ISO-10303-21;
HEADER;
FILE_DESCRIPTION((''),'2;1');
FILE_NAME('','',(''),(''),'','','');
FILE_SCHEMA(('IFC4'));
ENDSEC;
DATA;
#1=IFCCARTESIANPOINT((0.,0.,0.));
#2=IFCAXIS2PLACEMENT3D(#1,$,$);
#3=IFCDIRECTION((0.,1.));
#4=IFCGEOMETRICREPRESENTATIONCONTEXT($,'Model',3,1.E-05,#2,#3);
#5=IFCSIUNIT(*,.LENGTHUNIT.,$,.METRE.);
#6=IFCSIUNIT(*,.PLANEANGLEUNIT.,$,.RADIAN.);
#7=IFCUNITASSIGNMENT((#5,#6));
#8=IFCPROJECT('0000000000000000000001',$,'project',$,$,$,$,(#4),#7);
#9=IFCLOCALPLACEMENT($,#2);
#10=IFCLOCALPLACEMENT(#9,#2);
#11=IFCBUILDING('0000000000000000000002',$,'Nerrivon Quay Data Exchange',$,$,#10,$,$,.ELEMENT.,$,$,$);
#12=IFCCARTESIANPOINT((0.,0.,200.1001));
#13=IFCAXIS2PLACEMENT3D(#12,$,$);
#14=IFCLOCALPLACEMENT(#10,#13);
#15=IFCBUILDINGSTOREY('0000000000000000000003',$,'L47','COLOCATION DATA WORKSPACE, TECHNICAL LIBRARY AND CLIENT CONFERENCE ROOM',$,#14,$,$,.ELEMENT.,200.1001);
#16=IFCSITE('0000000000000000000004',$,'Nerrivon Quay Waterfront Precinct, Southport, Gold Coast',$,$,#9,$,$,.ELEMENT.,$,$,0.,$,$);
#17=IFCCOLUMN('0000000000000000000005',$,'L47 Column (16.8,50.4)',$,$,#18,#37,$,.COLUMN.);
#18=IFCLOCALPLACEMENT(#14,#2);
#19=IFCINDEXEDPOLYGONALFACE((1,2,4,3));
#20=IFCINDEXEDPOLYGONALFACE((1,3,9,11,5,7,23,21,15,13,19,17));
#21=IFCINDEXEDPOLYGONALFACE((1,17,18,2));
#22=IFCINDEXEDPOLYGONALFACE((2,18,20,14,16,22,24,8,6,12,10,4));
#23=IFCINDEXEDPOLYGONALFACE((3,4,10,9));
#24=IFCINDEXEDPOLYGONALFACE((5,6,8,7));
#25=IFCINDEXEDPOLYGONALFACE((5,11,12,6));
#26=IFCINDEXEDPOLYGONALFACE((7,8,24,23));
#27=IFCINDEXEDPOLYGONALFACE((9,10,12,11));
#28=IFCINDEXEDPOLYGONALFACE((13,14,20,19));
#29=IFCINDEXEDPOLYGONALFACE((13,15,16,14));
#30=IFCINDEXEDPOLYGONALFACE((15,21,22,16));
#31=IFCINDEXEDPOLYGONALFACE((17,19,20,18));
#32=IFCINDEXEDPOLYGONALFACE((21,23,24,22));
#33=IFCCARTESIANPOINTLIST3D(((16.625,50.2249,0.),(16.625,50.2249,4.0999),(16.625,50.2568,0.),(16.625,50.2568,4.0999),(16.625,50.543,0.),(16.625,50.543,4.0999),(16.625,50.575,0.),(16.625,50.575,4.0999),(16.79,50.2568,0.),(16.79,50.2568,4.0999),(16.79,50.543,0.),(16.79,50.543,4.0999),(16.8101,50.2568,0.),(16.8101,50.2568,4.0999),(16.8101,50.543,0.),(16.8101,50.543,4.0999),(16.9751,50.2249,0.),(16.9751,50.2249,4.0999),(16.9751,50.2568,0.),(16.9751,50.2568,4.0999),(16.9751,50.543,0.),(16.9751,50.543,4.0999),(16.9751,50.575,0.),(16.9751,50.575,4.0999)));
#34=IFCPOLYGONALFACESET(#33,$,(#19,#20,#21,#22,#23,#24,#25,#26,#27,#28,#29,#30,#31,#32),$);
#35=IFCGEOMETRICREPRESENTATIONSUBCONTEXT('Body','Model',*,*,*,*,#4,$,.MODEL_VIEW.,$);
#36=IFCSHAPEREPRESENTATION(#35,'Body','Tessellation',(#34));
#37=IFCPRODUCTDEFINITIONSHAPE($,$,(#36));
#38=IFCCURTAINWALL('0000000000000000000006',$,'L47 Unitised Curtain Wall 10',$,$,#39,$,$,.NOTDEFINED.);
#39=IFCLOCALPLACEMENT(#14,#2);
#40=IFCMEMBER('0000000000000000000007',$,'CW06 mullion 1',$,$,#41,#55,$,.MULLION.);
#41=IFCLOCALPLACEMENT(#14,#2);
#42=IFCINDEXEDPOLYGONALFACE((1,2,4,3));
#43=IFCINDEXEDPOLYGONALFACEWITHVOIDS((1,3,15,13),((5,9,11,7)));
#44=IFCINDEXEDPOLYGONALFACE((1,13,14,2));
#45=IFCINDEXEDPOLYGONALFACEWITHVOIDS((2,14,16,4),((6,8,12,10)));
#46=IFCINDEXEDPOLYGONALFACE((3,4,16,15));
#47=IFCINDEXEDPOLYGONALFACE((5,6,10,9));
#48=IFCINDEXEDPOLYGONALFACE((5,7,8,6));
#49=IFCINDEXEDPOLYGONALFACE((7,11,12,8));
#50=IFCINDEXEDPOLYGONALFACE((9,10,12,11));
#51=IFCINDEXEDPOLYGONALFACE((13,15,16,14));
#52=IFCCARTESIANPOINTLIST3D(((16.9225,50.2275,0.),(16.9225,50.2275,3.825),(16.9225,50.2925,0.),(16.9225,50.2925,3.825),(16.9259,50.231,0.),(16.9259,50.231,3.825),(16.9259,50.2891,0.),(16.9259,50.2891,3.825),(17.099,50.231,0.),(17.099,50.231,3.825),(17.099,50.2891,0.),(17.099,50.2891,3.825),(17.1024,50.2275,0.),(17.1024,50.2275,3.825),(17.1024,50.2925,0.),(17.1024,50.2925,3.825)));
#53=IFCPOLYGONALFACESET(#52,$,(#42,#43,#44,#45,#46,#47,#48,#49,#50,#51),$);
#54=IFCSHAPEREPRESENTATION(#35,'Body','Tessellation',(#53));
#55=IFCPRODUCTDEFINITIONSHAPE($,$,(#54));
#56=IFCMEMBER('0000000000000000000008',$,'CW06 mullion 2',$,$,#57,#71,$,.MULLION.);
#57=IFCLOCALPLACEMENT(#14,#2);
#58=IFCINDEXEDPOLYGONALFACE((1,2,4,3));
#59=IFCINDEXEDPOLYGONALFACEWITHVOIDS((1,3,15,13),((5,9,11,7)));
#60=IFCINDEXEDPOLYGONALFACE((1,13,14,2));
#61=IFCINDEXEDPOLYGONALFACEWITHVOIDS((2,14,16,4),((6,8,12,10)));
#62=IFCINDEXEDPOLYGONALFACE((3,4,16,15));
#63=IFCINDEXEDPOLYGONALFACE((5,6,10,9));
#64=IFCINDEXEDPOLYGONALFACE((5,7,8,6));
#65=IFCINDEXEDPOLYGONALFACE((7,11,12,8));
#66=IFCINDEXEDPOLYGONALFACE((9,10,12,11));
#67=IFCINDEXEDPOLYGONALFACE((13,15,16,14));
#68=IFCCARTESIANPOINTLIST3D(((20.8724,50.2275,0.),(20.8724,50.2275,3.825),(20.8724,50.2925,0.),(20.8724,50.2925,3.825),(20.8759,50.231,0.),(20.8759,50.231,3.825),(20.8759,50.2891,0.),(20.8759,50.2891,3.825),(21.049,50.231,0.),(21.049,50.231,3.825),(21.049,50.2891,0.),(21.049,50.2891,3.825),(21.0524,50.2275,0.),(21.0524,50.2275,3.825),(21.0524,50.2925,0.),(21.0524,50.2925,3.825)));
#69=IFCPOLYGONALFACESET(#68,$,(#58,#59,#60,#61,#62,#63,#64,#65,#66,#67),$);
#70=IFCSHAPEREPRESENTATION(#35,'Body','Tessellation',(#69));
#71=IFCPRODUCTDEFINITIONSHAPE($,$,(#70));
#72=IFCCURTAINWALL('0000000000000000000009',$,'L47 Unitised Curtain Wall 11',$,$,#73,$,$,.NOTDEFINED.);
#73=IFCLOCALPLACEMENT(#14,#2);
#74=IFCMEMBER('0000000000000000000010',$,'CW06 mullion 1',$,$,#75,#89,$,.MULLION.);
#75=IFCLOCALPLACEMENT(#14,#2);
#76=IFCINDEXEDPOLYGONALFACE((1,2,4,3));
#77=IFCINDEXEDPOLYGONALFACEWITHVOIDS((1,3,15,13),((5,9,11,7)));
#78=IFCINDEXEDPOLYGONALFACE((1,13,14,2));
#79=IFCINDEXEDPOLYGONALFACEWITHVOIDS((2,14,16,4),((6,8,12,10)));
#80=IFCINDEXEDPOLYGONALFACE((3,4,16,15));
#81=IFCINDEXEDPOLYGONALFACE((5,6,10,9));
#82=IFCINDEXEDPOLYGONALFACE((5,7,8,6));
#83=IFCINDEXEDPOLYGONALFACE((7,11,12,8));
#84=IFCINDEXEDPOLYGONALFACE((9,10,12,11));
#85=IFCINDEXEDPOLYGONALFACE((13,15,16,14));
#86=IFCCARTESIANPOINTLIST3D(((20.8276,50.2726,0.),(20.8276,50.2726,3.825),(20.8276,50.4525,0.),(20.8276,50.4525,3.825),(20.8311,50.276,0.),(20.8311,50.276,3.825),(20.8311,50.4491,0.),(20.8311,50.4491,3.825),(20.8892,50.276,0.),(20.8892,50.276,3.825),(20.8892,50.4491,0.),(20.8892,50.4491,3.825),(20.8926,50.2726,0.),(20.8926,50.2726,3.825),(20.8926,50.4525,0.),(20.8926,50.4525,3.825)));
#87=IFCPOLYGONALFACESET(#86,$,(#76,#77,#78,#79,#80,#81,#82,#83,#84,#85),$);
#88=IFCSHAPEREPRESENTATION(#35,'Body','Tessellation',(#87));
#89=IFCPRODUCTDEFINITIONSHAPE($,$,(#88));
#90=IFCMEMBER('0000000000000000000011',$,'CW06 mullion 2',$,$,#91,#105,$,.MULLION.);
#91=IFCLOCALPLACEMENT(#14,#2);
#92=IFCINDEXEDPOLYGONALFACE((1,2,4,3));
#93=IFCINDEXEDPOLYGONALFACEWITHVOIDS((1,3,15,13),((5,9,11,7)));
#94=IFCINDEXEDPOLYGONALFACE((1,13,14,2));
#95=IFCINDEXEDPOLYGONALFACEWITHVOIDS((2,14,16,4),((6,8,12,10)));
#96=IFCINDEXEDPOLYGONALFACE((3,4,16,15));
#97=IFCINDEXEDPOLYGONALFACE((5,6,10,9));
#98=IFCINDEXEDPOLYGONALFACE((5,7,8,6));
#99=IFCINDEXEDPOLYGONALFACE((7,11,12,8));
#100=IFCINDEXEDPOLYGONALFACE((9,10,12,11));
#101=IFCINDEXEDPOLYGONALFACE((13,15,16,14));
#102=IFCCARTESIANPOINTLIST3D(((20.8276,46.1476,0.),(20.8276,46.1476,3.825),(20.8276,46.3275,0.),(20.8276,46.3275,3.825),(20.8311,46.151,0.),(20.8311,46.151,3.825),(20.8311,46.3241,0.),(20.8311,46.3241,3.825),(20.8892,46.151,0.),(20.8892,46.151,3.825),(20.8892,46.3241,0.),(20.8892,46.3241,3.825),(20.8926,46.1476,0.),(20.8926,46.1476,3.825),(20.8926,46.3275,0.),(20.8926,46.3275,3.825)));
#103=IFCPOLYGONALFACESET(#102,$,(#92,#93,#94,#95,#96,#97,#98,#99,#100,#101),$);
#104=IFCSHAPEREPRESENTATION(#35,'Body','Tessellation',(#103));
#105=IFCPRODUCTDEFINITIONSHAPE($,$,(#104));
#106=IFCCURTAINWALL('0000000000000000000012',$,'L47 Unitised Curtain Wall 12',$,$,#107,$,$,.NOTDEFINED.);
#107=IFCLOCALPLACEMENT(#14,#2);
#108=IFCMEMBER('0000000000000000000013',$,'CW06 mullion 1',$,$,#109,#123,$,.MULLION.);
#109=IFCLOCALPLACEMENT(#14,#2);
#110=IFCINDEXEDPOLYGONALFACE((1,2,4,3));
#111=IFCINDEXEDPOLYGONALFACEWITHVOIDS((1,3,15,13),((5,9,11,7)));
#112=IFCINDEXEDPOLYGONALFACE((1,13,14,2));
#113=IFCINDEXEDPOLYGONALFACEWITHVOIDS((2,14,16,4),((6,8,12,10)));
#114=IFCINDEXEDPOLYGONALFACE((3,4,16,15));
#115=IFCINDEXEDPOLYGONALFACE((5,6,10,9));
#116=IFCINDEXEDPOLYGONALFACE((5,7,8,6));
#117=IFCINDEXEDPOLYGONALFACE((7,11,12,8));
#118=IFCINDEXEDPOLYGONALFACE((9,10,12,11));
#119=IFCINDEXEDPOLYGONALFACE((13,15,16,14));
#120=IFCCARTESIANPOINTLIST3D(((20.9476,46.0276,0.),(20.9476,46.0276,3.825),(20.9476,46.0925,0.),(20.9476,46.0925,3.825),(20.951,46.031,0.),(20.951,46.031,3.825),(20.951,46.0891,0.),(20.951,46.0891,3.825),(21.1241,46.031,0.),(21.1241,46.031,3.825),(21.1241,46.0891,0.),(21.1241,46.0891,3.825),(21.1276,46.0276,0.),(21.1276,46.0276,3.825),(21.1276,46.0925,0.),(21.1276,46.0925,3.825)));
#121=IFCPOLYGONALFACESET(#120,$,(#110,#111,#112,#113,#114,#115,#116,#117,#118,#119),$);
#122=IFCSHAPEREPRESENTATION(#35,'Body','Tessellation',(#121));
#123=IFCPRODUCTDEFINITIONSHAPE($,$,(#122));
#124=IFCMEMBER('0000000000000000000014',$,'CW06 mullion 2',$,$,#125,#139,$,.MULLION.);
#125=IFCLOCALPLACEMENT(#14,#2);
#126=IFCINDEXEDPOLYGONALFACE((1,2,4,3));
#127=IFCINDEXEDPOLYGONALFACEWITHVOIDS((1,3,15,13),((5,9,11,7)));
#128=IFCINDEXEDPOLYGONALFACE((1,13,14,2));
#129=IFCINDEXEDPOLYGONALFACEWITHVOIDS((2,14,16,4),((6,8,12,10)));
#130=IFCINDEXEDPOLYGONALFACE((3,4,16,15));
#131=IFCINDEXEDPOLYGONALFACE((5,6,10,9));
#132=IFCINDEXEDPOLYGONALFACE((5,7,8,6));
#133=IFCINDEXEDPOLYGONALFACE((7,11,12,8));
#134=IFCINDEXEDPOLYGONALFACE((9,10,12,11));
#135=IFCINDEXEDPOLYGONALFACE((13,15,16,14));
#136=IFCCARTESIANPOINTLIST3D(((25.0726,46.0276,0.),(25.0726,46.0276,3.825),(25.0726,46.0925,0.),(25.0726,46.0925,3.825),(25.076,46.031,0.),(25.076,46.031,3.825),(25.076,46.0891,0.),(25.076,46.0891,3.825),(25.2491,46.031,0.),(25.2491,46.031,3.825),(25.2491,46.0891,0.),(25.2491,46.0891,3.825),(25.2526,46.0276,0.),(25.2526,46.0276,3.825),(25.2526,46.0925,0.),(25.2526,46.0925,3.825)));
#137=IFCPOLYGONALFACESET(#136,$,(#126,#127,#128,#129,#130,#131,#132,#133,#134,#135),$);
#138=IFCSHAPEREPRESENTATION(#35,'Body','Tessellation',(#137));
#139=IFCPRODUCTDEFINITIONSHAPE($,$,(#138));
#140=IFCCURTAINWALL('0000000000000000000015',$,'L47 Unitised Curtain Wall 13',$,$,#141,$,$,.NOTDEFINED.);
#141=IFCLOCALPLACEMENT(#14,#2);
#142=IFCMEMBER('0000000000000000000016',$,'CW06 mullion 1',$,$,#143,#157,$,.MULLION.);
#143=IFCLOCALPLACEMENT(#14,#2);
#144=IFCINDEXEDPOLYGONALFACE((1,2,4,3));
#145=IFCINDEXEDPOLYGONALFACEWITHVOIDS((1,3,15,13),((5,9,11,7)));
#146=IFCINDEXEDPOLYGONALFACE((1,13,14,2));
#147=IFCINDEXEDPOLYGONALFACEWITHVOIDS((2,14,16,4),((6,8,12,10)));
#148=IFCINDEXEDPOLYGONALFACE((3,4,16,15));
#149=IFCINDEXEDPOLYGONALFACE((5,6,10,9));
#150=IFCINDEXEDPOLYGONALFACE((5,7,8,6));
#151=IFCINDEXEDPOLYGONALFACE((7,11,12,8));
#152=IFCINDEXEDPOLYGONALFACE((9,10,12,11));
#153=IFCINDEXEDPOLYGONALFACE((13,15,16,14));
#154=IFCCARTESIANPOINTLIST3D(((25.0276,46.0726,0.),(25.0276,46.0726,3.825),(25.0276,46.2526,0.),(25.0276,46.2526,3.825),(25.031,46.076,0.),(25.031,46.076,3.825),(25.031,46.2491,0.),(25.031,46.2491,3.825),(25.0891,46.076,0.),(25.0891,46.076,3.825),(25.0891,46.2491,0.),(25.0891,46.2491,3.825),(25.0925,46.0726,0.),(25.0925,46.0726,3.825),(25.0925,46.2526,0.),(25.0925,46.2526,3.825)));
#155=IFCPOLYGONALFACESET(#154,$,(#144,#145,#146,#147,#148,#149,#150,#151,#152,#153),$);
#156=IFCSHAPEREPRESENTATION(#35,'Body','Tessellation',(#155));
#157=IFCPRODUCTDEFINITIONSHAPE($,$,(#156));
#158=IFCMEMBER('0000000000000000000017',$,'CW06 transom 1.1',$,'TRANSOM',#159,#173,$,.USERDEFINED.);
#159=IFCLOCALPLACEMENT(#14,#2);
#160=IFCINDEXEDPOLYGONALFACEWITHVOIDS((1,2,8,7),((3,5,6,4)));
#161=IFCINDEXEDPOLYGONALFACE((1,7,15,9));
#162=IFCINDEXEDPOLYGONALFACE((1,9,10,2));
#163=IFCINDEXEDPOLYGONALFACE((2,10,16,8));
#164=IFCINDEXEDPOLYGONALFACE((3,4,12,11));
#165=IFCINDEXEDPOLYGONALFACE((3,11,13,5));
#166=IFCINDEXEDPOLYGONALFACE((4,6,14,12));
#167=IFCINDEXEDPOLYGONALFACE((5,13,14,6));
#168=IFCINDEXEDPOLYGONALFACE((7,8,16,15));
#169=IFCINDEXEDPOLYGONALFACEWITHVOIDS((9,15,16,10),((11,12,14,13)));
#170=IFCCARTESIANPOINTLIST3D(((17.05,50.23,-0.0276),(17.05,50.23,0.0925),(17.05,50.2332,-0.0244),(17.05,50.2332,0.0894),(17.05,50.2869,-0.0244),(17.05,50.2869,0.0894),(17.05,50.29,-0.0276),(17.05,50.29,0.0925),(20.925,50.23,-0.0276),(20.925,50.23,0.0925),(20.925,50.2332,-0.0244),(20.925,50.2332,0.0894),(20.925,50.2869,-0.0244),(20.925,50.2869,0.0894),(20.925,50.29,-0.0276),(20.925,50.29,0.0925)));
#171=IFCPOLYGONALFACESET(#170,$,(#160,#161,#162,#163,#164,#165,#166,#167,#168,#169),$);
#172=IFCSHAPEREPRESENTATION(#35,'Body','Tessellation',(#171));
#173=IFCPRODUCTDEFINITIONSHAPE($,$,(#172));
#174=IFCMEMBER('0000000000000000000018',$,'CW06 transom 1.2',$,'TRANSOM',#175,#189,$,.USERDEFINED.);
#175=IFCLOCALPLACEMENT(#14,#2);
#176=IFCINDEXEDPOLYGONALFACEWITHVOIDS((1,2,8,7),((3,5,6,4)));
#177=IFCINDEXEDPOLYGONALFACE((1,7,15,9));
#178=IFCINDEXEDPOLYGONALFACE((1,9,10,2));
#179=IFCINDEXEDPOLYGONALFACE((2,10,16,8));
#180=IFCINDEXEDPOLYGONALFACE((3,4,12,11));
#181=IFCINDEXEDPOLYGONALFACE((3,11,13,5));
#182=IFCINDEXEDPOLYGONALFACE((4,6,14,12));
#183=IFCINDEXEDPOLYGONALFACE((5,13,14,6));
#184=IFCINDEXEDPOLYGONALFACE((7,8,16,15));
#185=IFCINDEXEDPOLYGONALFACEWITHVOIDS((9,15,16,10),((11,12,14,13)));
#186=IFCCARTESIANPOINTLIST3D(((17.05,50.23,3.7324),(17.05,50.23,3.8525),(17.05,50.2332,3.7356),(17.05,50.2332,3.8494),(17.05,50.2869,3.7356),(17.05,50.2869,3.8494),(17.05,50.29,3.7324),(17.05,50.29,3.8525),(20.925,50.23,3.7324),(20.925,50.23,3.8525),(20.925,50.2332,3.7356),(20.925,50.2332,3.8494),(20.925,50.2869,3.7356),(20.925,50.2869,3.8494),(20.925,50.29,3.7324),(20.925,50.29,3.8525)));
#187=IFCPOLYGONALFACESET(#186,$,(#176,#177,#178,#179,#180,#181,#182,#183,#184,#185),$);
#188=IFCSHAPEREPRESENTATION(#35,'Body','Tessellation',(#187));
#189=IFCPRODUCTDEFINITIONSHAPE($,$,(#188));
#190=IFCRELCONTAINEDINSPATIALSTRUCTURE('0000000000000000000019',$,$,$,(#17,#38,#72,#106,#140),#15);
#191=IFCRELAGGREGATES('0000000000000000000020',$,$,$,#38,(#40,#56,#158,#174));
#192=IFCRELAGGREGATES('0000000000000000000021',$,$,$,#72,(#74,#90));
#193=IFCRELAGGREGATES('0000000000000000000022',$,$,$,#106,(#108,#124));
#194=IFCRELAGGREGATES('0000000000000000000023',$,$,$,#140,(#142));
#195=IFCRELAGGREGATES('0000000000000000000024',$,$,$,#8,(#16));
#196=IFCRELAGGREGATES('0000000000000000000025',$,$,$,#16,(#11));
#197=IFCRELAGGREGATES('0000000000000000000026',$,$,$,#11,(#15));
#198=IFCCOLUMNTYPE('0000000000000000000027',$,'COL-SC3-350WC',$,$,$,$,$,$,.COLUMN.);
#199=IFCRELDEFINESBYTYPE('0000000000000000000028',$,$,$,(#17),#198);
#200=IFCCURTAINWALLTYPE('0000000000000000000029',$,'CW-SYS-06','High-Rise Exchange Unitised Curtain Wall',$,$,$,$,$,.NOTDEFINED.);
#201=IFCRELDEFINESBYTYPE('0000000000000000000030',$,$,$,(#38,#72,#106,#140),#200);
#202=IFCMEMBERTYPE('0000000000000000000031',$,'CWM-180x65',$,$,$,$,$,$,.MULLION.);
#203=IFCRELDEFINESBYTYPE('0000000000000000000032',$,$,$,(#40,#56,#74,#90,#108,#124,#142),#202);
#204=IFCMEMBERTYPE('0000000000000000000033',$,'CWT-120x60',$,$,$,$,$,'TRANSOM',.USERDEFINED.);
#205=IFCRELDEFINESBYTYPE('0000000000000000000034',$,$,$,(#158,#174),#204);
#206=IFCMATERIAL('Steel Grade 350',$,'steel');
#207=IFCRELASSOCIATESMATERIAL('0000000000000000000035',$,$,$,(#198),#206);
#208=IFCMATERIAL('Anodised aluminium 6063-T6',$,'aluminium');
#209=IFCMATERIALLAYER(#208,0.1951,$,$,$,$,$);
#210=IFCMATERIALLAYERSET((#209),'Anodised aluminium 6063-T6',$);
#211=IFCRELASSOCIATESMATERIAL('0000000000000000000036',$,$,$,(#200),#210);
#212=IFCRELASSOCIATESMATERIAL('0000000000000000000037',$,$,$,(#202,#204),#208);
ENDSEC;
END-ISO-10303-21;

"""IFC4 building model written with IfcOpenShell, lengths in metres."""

from ifc_helpers import new_model, si_unit, direction, frame, origin, origin_2d, place, context, subcontext, project, spatial, hollow_rectangle, i_section, extrude, material, layer, layer_set, material_profile, profile_set, type_object, element, aggregate, save


model = new_model("IFC4")

# Units and contexts
model_context = context("Model", 3, precision=1e-05, world=origin(), true_north=direction((0.0, 1.0)))
body_context = subcontext(model_context, "Body", "Model", "MODEL_VIEW")
ifc_project = project(units=[si_unit("LENGTHUNIT", "METRE"), si_unit("PLANEANGLEUNIT", "RADIAN")], contexts=[model_context])

# Site, building, storey
site_placement = place(None, origin())
site = spatial("IfcSite", under=ifc_project, at=site_placement, Name="Nerrivon Quay Waterfront Precinct, Southport, Gold Coast", CompositionType="ELEMENT", RefElevation=0.0)
building_placement = place(site_placement, origin())
building = spatial("IfcBuilding", under=site, at=building_placement, Name="Nerrivon Quay Data Exchange", CompositionType="ELEMENT")
storey_placement = place(building_placement, frame((0.0, 0.0, 200.1001)))
storey = spatial("IfcBuildingStorey", under=building, at=storey_placement, Name="L47", Description="COLOCATION DATA WORKSPACE, TECHNICAL LIBRARY AND CLIENT CONFERENCE ROOM", CompositionType="ELEMENT", Elevation=200.1001)

# Column
ifc_material_1 = material(Name="Steel Grade 350", Category="steel")
ifc_material_profile_1 = material_profile(ifc_material_1, i_section(OverallWidth=0.3501, OverallDepth=0.3501, WebThickness=0.02, FlangeThickness=0.032, at=origin_2d()), Name="350WC230")
ifc_profile_set_1 = profile_set([ifc_material_profile_1], Name="Steel Grade 350")
column_type = type_object("IfcColumnType", Name="COL-SC3-350WC", PredefinedType="COLUMN", material=ifc_profile_set_1)
column_placement = place(storey_placement, frame((16.8, 50.3999, 0.0), z_axis=(0.0, 0.0, 1.0), x_axis=(1.0, 0.0, 0.0)))
element("IfcColumn", 1, at=column_placement, inside=storey, type_object=column_type, Name="L47 Column (16.8,50.4)", PredefinedType="COLUMN", context=body_context, shape_type="SweptSolid", body=[
    extrude(i_section(OverallWidth=0.3501, OverallDepth=0.3501, WebThickness=0.02, FlangeThickness=0.032, at=origin_2d()), origin(), (0.0, 0.0, 1.0), 4.0999),
])

# Curtain walls, members
ifc_material_2 = material(Name="Anodised aluminium 6063-T6", Category="aluminium")
ifc_layer_1 = layer(ifc_material_2, 0.1951)
ifc_layer_set_1 = layer_set([ifc_layer_1], Name="Anodised aluminium 6063-T6")
curtain_wall_type = type_object("IfcCurtainWallType", Name="CW-SYS-06", Description="High-Rise Exchange Unitised Curtain Wall", PredefinedType="NOTDEFINED", material=ifc_layer_set_1)
curtain_wall_1_placement = place(storey_placement, origin())
curtain_wall_1 = element("IfcCurtainWall", 2, at=curtain_wall_1_placement, inside=storey, type_object=curtain_wall_type, Name="L47 Unitised Curtain Wall 10", PredefinedType="NOTDEFINED")
ifc_material_profile_2 = material_profile(ifc_material_2, hollow_rectangle(XDim=0.0649, YDim=0.1799, WallThickness=0.0034, at=origin_2d()), Name="ALU-MULL-180x65")
ifc_profile_set_2 = profile_set([ifc_material_profile_2], Name="Anodised aluminium 6063-T6")
member_type_1 = type_object("IfcMemberType", Name="CWM-180x65", PredefinedType="MULLION", material=ifc_profile_set_2)
member_1_placement = place(storey_placement, frame((17.0125, 50.26, 0.0), z_axis=(0.0, 0.0, 1.0), x_axis=(0.0, 1.0, 0.0)))
member_1 = element("IfcMember", 3, at=member_1_placement, type_object=member_type_1, Name="CW06 mullion 1", PredefinedType="MULLION", context=body_context, shape_type="SweptSolid", body=[
    extrude(hollow_rectangle(XDim=0.0649, YDim=0.1799, WallThickness=0.0034, at=origin_2d()), origin(), (0.0, 0.0, 1.0), 3.825),
])
member_2_placement = place(storey_placement, frame((20.9624, 50.26, 0.0), z_axis=(0.0, 0.0, 1.0), x_axis=(0.0, 1.0, 0.0)))
member_2 = element("IfcMember", 4, at=member_2_placement, type_object=member_type_1, Name="CW06 mullion 2", PredefinedType="MULLION", context=body_context, shape_type="SweptSolid", body=[
    extrude(hollow_rectangle(XDim=0.0649, YDim=0.1799, WallThickness=0.0034, at=origin_2d()), origin(), (0.0, 0.0, 1.0), 3.825),
])
curtain_wall_2_placement = place(storey_placement, origin())
curtain_wall_2 = element("IfcCurtainWall", 5, at=curtain_wall_2_placement, inside=storey, type_object=curtain_wall_type, Name="L47 Unitised Curtain Wall 11", PredefinedType="NOTDEFINED")
member_3_placement = place(storey_placement, frame((20.8601, 50.3625, 0.0), z_axis=(0.0, 0.0, 1.0), x_axis=(1.0, 0.0, 0.0)))
member_3 = element("IfcMember", 6, at=member_3_placement, type_object=member_type_1, Name="CW06 mullion 1", PredefinedType="MULLION", context=body_context, shape_type="SweptSolid", body=[
    extrude(hollow_rectangle(XDim=0.0649, YDim=0.1799, WallThickness=0.0034, at=origin_2d()), origin(), (0.0, 0.0, 1.0), 3.825),
])
member_4_placement = place(storey_placement, frame((20.8601, 46.2375, 0.0), z_axis=(0.0, 0.0, 1.0), x_axis=(1.0, 0.0, 0.0)))
member_4 = element("IfcMember", 7, at=member_4_placement, type_object=member_type_1, Name="CW06 mullion 2", PredefinedType="MULLION", context=body_context, shape_type="SweptSolid", body=[
    extrude(hollow_rectangle(XDim=0.0649, YDim=0.1799, WallThickness=0.0034, at=origin_2d()), origin(), (0.0, 0.0, 1.0), 3.825),
])
curtain_wall_3_placement = place(storey_placement, origin())
curtain_wall_3 = element("IfcCurtainWall", 8, at=curtain_wall_3_placement, inside=storey, type_object=curtain_wall_type, Name="L47 Unitised Curtain Wall 12", PredefinedType="NOTDEFINED")
member_5_placement = place(storey_placement, frame((21.0376, 46.0601, 0.0), z_axis=(0.0, 0.0, 1.0), x_axis=(0.0, 1.0, 0.0)))
member_5 = element("IfcMember", 9, at=member_5_placement, type_object=member_type_1, Name="CW06 mullion 1", PredefinedType="MULLION", context=body_context, shape_type="SweptSolid", body=[
    extrude(hollow_rectangle(XDim=0.0649, YDim=0.1799, WallThickness=0.0034, at=origin_2d()), origin(), (0.0, 0.0, 1.0), 3.825),
])
member_6_placement = place(storey_placement, frame((25.1626, 46.0601, 0.0), z_axis=(0.0, 0.0, 1.0), x_axis=(0.0, 1.0, 0.0)))
member_6 = element("IfcMember", 10, at=member_6_placement, type_object=member_type_1, Name="CW06 mullion 2", PredefinedType="MULLION", context=body_context, shape_type="SweptSolid", body=[
    extrude(hollow_rectangle(XDim=0.0649, YDim=0.1799, WallThickness=0.0034, at=origin_2d()), origin(), (0.0, 0.0, 1.0), 3.825),
])

# Curtain wall, member
curtain_wall_4_placement = place(storey_placement, origin())
curtain_wall_4 = element("IfcCurtainWall", 11, at=curtain_wall_4_placement, inside=storey, type_object=curtain_wall_type, Name="L47 Unitised Curtain Wall 13", PredefinedType="NOTDEFINED")
member_7_placement = place(storey_placement, frame((25.0601, 46.1626, 0.0), z_axis=(0.0, 0.0, 1.0), x_axis=(1.0, 0.0, 0.0)))
member_7 = element("IfcMember", 12, at=member_7_placement, type_object=member_type_1, Name="CW06 mullion 1", PredefinedType="MULLION", context=body_context, shape_type="SweptSolid", body=[
    extrude(hollow_rectangle(XDim=0.0649, YDim=0.1799, WallThickness=0.0034, at=origin_2d()), origin(), (0.0, 0.0, 1.0), 3.825),
])

# Members
ifc_material_profile_3 = material_profile(ifc_material_2, hollow_rectangle(XDim=0.0601, YDim=0.1201, WallThickness=0.0032, at=origin_2d()), Name="ALU-TRAN-120x60")
ifc_profile_set_3 = profile_set([ifc_material_profile_3], Name="Anodised aluminium 6063-T6")
member_type_2 = type_object("IfcMemberType", Name="CWT-120x60", ElementType="TRANSOM", PredefinedType="USERDEFINED", material=ifc_profile_set_3)
member_8_placement = place(storey_placement, frame((17.05, 50.26, 0.0325), z_axis=(1.0, 0.0, 0.0), x_axis=(0.0, 1.0, 0.0)))
member_8 = element("IfcMember", 13, at=member_8_placement, type_object=member_type_2, Name="CW06 transom 1.1", ObjectType="TRANSOM", PredefinedType="USERDEFINED", context=body_context, shape_type="SweptSolid", body=[
    extrude(hollow_rectangle(XDim=0.0601, YDim=0.1201, WallThickness=0.0032, at=origin_2d()), origin(), (0.0, 0.0, 1.0), 3.875),
])
member_9_placement = place(storey_placement, frame((17.05, 50.26, 3.7925), z_axis=(1.0, 0.0, 0.0), x_axis=(0.0, 1.0, 0.0)))
member_9 = element("IfcMember", 14, at=member_9_placement, type_object=member_type_2, Name="CW06 transom 1.2", ObjectType="TRANSOM", PredefinedType="USERDEFINED", context=body_context, shape_type="SweptSolid", body=[
    extrude(hollow_rectangle(XDim=0.0601, YDim=0.1201, WallThickness=0.0032, at=origin_2d()), origin(), (0.0, 0.0, 1.0), 3.875),
])

aggregate(curtain_wall_1, [member_1, member_2, member_8, member_9])
aggregate(curtain_wall_2, [member_3, member_4])
aggregate(curtain_wall_3, [member_5, member_6])
aggregate(curtain_wall_4, [member_7])

save(model, "model.ifc")
